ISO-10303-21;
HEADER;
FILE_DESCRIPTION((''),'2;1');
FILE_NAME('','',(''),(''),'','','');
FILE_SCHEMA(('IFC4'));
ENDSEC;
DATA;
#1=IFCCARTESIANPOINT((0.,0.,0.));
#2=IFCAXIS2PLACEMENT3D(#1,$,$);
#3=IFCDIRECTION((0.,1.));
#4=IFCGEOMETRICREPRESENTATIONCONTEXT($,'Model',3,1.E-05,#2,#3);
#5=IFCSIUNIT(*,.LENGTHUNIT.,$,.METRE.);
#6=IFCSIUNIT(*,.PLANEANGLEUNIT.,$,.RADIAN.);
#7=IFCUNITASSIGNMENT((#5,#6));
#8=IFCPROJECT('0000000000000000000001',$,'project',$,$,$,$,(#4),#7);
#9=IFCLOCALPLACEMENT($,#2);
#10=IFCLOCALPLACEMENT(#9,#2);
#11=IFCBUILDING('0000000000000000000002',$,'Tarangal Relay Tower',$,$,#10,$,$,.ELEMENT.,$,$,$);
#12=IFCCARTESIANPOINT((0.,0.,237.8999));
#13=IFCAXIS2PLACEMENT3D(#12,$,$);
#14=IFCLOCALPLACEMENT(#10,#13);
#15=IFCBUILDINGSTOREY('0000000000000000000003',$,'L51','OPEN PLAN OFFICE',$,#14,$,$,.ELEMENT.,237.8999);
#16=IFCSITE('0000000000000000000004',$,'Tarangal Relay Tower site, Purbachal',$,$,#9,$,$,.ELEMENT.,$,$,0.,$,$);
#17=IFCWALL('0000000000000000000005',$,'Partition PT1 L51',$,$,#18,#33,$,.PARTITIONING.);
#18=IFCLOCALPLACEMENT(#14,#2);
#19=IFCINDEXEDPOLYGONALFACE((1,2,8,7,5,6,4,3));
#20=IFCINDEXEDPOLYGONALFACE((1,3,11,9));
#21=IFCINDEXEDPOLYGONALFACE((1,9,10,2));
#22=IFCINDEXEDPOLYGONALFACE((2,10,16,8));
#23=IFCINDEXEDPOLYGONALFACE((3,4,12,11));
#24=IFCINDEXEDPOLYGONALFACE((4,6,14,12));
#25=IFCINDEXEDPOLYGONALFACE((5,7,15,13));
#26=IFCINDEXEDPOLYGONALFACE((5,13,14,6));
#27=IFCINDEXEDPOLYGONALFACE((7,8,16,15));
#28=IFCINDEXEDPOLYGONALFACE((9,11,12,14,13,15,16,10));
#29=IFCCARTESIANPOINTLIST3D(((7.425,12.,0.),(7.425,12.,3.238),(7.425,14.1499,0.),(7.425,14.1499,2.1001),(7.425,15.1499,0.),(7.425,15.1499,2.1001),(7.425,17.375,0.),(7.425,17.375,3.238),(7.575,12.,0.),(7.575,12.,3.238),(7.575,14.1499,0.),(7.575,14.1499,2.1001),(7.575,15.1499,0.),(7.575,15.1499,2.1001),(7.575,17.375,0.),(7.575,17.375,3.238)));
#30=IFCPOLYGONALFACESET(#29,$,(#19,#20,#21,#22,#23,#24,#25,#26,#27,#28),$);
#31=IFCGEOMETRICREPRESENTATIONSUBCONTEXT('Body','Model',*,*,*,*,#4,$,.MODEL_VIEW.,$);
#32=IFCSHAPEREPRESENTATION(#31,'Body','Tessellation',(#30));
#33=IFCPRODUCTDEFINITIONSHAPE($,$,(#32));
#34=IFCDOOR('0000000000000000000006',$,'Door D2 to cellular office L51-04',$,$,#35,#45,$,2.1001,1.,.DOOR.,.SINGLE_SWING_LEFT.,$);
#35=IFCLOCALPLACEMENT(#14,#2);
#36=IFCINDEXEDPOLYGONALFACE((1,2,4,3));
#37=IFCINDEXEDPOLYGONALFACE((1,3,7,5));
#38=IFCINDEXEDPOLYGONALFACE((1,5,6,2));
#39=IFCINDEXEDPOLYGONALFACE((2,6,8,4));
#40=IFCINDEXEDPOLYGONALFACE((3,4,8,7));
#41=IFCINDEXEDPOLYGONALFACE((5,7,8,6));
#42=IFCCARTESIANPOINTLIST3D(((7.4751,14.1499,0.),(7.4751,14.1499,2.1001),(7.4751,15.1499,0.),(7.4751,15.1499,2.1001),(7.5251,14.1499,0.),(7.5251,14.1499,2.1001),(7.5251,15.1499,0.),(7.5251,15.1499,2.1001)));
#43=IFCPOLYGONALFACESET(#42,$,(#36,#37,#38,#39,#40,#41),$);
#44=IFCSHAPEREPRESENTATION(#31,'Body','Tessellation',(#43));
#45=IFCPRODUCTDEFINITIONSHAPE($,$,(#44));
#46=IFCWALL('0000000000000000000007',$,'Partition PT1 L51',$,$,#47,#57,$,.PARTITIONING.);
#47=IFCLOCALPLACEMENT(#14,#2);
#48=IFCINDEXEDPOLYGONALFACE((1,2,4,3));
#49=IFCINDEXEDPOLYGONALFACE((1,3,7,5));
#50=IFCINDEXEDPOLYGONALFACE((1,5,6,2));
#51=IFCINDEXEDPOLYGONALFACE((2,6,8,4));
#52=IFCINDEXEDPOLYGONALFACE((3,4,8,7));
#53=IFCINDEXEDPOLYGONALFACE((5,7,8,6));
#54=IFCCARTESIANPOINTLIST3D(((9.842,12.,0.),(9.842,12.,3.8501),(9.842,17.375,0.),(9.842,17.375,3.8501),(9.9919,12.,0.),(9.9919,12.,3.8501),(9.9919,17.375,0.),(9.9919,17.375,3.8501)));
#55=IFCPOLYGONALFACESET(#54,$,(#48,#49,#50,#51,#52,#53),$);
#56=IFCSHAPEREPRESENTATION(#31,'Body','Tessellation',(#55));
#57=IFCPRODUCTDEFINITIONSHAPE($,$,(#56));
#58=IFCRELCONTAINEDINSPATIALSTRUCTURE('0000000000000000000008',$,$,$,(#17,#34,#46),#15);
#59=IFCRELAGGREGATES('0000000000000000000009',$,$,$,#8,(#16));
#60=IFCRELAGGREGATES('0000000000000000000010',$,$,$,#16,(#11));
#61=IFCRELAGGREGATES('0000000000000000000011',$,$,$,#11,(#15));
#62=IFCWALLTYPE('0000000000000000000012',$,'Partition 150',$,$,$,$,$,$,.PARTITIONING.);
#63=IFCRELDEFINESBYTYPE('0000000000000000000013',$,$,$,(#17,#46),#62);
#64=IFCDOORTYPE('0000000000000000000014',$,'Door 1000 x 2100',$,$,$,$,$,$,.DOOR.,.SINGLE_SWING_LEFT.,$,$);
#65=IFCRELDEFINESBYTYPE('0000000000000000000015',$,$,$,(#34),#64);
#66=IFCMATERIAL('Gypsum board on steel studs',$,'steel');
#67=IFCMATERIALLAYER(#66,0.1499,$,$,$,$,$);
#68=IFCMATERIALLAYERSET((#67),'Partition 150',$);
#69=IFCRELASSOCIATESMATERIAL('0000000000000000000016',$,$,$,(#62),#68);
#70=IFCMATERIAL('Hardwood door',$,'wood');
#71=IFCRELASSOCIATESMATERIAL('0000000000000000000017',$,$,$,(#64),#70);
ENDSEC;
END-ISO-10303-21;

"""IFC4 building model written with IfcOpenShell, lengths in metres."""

from ifc_helpers import new_model, si_unit, direction, frame, frame_2d, origin, place, context, subcontext, project, spatial, rectangle, extrude, material, layer, layer_set, type_object, element, fill, save


model = new_model("IFC4")

# Units and contexts
model_context = context("Model", 3, precision=1e-05, world=origin(), true_north=direction((0.0, 1.0)))
body_context = subcontext(model_context, "Body", "Model", "MODEL_VIEW")
ifc_project = project(units=[si_unit("LENGTHUNIT", "METRE"), si_unit("PLANEANGLEUNIT", "RADIAN")], contexts=[model_context])

# Site, building, storey
site_placement = place(None, origin())
site = spatial("IfcSite", under=ifc_project, at=site_placement, Name="Tarangal Relay Tower site, Purbachal", CompositionType="ELEMENT", RefElevation=0.0)
building_placement = place(site_placement, origin())
building = spatial("IfcBuilding", under=site, at=building_placement, Name="Tarangal Relay Tower", CompositionType="ELEMENT")
storey_placement = place(building_placement, frame((0.0, 0.0, 237.8999)))
storey = spatial("IfcBuildingStorey", under=building, at=storey_placement, Name="L51", Description="OPEN PLAN OFFICE", CompositionType="ELEMENT", Elevation=237.8999)

# Shared definitions
ifc_material_1 = material(Name="Gypsum board on steel studs", Category="steel")
ifc_layer_1 = layer(ifc_material_1, 0.1499)
ifc_layer_set_1 = layer_set([ifc_layer_1], Name="Partition 150")
wall_type_1 = type_object("IfcWallType", Name="Partition 150", PredefinedType="PARTITIONING", material=ifc_layer_set_1)

# Wall, opening, door
wall_1_placement = place(storey_placement, frame((7.5, 12.0, 0.0), z_axis=(0.0, 0.0, 1.0), x_axis=(0.0, 1.0, 0.0)))
wall_1 = element("IfcWall", 1, at=wall_1_placement, inside=storey, type_object=wall_type_1, Name="Partition PT1 L51", PredefinedType="PARTITIONING", context=body_context, shape_type="SweptSolid", body=[
    extrude(rectangle(XDim=5.375, YDim=0.1499, at=frame_2d((2.6875, 0.0))), origin(), (0.0, 0.0, 1.0), 3.238),
])
opening_placement = place(wall_1_placement, frame((2.1499, 0.0, 0.0)))
opening = element("IfcOpeningElement", 2, at=opening_placement, cuts=wall_1, PredefinedType="OPENING", context=body_context, shape_type="SweptSolid", body=[
    extrude(rectangle(XDim=1.0, YDim=2.1001, at=frame_2d((0.5, 1.05))), frame((0.0, 0.085, 0.0), z_axis=(0.0, -1.0, 0.0), x_axis=(1.0, 0.0, 0.0)), (0.0, 0.0, 1.0), 0.1699),
])
ifc_material_2 = material(Name="Hardwood door", Category="wood")
door_type = type_object("IfcDoorType", Name="Door 1000 x 2100", OperationType="SINGLE_SWING_LEFT", PredefinedType="DOOR", material=ifc_material_2)
door_placement = place(opening_placement, origin())
door = element("IfcDoor", 3, at=door_placement, inside=storey, type_object=door_type, Name="Door D2 to cellular office L51-04", OperationType="SINGLE_SWING_LEFT", OverallHeight=2.1001, OverallWidth=1.0, PredefinedType="DOOR", context=body_context, shape_type="SweptSolid", body=[
    extrude(rectangle(XDim=1.0, YDim=2.1001, at=frame_2d((0.5, 1.05))), frame((0.0, 0.0249, 0.0), z_axis=(0.0, -1.0, 0.0), x_axis=(1.0, 0.0, 0.0)), (0.0, 0.0, 1.0), 0.05),
])
fill(opening, door)

# Wall
wall_2_placement = place(storey_placement, frame((9.917, 12.0, 0.0), z_axis=(0.0, 0.0, 1.0), x_axis=(0.0, 1.0, 0.0)))
element("IfcWall", 4, at=wall_2_placement, inside=storey, type_object=wall_type_1, Name="Partition PT1 L51", PredefinedType="PARTITIONING", context=body_context, shape_type="SweptSolid", body=[
    extrude(rectangle(XDim=5.375, YDim=0.1499, at=frame_2d((2.6875, 0.0))), origin(), (0.0, 0.0, 1.0), 3.8501),
])

save(model, "model.ifc")
